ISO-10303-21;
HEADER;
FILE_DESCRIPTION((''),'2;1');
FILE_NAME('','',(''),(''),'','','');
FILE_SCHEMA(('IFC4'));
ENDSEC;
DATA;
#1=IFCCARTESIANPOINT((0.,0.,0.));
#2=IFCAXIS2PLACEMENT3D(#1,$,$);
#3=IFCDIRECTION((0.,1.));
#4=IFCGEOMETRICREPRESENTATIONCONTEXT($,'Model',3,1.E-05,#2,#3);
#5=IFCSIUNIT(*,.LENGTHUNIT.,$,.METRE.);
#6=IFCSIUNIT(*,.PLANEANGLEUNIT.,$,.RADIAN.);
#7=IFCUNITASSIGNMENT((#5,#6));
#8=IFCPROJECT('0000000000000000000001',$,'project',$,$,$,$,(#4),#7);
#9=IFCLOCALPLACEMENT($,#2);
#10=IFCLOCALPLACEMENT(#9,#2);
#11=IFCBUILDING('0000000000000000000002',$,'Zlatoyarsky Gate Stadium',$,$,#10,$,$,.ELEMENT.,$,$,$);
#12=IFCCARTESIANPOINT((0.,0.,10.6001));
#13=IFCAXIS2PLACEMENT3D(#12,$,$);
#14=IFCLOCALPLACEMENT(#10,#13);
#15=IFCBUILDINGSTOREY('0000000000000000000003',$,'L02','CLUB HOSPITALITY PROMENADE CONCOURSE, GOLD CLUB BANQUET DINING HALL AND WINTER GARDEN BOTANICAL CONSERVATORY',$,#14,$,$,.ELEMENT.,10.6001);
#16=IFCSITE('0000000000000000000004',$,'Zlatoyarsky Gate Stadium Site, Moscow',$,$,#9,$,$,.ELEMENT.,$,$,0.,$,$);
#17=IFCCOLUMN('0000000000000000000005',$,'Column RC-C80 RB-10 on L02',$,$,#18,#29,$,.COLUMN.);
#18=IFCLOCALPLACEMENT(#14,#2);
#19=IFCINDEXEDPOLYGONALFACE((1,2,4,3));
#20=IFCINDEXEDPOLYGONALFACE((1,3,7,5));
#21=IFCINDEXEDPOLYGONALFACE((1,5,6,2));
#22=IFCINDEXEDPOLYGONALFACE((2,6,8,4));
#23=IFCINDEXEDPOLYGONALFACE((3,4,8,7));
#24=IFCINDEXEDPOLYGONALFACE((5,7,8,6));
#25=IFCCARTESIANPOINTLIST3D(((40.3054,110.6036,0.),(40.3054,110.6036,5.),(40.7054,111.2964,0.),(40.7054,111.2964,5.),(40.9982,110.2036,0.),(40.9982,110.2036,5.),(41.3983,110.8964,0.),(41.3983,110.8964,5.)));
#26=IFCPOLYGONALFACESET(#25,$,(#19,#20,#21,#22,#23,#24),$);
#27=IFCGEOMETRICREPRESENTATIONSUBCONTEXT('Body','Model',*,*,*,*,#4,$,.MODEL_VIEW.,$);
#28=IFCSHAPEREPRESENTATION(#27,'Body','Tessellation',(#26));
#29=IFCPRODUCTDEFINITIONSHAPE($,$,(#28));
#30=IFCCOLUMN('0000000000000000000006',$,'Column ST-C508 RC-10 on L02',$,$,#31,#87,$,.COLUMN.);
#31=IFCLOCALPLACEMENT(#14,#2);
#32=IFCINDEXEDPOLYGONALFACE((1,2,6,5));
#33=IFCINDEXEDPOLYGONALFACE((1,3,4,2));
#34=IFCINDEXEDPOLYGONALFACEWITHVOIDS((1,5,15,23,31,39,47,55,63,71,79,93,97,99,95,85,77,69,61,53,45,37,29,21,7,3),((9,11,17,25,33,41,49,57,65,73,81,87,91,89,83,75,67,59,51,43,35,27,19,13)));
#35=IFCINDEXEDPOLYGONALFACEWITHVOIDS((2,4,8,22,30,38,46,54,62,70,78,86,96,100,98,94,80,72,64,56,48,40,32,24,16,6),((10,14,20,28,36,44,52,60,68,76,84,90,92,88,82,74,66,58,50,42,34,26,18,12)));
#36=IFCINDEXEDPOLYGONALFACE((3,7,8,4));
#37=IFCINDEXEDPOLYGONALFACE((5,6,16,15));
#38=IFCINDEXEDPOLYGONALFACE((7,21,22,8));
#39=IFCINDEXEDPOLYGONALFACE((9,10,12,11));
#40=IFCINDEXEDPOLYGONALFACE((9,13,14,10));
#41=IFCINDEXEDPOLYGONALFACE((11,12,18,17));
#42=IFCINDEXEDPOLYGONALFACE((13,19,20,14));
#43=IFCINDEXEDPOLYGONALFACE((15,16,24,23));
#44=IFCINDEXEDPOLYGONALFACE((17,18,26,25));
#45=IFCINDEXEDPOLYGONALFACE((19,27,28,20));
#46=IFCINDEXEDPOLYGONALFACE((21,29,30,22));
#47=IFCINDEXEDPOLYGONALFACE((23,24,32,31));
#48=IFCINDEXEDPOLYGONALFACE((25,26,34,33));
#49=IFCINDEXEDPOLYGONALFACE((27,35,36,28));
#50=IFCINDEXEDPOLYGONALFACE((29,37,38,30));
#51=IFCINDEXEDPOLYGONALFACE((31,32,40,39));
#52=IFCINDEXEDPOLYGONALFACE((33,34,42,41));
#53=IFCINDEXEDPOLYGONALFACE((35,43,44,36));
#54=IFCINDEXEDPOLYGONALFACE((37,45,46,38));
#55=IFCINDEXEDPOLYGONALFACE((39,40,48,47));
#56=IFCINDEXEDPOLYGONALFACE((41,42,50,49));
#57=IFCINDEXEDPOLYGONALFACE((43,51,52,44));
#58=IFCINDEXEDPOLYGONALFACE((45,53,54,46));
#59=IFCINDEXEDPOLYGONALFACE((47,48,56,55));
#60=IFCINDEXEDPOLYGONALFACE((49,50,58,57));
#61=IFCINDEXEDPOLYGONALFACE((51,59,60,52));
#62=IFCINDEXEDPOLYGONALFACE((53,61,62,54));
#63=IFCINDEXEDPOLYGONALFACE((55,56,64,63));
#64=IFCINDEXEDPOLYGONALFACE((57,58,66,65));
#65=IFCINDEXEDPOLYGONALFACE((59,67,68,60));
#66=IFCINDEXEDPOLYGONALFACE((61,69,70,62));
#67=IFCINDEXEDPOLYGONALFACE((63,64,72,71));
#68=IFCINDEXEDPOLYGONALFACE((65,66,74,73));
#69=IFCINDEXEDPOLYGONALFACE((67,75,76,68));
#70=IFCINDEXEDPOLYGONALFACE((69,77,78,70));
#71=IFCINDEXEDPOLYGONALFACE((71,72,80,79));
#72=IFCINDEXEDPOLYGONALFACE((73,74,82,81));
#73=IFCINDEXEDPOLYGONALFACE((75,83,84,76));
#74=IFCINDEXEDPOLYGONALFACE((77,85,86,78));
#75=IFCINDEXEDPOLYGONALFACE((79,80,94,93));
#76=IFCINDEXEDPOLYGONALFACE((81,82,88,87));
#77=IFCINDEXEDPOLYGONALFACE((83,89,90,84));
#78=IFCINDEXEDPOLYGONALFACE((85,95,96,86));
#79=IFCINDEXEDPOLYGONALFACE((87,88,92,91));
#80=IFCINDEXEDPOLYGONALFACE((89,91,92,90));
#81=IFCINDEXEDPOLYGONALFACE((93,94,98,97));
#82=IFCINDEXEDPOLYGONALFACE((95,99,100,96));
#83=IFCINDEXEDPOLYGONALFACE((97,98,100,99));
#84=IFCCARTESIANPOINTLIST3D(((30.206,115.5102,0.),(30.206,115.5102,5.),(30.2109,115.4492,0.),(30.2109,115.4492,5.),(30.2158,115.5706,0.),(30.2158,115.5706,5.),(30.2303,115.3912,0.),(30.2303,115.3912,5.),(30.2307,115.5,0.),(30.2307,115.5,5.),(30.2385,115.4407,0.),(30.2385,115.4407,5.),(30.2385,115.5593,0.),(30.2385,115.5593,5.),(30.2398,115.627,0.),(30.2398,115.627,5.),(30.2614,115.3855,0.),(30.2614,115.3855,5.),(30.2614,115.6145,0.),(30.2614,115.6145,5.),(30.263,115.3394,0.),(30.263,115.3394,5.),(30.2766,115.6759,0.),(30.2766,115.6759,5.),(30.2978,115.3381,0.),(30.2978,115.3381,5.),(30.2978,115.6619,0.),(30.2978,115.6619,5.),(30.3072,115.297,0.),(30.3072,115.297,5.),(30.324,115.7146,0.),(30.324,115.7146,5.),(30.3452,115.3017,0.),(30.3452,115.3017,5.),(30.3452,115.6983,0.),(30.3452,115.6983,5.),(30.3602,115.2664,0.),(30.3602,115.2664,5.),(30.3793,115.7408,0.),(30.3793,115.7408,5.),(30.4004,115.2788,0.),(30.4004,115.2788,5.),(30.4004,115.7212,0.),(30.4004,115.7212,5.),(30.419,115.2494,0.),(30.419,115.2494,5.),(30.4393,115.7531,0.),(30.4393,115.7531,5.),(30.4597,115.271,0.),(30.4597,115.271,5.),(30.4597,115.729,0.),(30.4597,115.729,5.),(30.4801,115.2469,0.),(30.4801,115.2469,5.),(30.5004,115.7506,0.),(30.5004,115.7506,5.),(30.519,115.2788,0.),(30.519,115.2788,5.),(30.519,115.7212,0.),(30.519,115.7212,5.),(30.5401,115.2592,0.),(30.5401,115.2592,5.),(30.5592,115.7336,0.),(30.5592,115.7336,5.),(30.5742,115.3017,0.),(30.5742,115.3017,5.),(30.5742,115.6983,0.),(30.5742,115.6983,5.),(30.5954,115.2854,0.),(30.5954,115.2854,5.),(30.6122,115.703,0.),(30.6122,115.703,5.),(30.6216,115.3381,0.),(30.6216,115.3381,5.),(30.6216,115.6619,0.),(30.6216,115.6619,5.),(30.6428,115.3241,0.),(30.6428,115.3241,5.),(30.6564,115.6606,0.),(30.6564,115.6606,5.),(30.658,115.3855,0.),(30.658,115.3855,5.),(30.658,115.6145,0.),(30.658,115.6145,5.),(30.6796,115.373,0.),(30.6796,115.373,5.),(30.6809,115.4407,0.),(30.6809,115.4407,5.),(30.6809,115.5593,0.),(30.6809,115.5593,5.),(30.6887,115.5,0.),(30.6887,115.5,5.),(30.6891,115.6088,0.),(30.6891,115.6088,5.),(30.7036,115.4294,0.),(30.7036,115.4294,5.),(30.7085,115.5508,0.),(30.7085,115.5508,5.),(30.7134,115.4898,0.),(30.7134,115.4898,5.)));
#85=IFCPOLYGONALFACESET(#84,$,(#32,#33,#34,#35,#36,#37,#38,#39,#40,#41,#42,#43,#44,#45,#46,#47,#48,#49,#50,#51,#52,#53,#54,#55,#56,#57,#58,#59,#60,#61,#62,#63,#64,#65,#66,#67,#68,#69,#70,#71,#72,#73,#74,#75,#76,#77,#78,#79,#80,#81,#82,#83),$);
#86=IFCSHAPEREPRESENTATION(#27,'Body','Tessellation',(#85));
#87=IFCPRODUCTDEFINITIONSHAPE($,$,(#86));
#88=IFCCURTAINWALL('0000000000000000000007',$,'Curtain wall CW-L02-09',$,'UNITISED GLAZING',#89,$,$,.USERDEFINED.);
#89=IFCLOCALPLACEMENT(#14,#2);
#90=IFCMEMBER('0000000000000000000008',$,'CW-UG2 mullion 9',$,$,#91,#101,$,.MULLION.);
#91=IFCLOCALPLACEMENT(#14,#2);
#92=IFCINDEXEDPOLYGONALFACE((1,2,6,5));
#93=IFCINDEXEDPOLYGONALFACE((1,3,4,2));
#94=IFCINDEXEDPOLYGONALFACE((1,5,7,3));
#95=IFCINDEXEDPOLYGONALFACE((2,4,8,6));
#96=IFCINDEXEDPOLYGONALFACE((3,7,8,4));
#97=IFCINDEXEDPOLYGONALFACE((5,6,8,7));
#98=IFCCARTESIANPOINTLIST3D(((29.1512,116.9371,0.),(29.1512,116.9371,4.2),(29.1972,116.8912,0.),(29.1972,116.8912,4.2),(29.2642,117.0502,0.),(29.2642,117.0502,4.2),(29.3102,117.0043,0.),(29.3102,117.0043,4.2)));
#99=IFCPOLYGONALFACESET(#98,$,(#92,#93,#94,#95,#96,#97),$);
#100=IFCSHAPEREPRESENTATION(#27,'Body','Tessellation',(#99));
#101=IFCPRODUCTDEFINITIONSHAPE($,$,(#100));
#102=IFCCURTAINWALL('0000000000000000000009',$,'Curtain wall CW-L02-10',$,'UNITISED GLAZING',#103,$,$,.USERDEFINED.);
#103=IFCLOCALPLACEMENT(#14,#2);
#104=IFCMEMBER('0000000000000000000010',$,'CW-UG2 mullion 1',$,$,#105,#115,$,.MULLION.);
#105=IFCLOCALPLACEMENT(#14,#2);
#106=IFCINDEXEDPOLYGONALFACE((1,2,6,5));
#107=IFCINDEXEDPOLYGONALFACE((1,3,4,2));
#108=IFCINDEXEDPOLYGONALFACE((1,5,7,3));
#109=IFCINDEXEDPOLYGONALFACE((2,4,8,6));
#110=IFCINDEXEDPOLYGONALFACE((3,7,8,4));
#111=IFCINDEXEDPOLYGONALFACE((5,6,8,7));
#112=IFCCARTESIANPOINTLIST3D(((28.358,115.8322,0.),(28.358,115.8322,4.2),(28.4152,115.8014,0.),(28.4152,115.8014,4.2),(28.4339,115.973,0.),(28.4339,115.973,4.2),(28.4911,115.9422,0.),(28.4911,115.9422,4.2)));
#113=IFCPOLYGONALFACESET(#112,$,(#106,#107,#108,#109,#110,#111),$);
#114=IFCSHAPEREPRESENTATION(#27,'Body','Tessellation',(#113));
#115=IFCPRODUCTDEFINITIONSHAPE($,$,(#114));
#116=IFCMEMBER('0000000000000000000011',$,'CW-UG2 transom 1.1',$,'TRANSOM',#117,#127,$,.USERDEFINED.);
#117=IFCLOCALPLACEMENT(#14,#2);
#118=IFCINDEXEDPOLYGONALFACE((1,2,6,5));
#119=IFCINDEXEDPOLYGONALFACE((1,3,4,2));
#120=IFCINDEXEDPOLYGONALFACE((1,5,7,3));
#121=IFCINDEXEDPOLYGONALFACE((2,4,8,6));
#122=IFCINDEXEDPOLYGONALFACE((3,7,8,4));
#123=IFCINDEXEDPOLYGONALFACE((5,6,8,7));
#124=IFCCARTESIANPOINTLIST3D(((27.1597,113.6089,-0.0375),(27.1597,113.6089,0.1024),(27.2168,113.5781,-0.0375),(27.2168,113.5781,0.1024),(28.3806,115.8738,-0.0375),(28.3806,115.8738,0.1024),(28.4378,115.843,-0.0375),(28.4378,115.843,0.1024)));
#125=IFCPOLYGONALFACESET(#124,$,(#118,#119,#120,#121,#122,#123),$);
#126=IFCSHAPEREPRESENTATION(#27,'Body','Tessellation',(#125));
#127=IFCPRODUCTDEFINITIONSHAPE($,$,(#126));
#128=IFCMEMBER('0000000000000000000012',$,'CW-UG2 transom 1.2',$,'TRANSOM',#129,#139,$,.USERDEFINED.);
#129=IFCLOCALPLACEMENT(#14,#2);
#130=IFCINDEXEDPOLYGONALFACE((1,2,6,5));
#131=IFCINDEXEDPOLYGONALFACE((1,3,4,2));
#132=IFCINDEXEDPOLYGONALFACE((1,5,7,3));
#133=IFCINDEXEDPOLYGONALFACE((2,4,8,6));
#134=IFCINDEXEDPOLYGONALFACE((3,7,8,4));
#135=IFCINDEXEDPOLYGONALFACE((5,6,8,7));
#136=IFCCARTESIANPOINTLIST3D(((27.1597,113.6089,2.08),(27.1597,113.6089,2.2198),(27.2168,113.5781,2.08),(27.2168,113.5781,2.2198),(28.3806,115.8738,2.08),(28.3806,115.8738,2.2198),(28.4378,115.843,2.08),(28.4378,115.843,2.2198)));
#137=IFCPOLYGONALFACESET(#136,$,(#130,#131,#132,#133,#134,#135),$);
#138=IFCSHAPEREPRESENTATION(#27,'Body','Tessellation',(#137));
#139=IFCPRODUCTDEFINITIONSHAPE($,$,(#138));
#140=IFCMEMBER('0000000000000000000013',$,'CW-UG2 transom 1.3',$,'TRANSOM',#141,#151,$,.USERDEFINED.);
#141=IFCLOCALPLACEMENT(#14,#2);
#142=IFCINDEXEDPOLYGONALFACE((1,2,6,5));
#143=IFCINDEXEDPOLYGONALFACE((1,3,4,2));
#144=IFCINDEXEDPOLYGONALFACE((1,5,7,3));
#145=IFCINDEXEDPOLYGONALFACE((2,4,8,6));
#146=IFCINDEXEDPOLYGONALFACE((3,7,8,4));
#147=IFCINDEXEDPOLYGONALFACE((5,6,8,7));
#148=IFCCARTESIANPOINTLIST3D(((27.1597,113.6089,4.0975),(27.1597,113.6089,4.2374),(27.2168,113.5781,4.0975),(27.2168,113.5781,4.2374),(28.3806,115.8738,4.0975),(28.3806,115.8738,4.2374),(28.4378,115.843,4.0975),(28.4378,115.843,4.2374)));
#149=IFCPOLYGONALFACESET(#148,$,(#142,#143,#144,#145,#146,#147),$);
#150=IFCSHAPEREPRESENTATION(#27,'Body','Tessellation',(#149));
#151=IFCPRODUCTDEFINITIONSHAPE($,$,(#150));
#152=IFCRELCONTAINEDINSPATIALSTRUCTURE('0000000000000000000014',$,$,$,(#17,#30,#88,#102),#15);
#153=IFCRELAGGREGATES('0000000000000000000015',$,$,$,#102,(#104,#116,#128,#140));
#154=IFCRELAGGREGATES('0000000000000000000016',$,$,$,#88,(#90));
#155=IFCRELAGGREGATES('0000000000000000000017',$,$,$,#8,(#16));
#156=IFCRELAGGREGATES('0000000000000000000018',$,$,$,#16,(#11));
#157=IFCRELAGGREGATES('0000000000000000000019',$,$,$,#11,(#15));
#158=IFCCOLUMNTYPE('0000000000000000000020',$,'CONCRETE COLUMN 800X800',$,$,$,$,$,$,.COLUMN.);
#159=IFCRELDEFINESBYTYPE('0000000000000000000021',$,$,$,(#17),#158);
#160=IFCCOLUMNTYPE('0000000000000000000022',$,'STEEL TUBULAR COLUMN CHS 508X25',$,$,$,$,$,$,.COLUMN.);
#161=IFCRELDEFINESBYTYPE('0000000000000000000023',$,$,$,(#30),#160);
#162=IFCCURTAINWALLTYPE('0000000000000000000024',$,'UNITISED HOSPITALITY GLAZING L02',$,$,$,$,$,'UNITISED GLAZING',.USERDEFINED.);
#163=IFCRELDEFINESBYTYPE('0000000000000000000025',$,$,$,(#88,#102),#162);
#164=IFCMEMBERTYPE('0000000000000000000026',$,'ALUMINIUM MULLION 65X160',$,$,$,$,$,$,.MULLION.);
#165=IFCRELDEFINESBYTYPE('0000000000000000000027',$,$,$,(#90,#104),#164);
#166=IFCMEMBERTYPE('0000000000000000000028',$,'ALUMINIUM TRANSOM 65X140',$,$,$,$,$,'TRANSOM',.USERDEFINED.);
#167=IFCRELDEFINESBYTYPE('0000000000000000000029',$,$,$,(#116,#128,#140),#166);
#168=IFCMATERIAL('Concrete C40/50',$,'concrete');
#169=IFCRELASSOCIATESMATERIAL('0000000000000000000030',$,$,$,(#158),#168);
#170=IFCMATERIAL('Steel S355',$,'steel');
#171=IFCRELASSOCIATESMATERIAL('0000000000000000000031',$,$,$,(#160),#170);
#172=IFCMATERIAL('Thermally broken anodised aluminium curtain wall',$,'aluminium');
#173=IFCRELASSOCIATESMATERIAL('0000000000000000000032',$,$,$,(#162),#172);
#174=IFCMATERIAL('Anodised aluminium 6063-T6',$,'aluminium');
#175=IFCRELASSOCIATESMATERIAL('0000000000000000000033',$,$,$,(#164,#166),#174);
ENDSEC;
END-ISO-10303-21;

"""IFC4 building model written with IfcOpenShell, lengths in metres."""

from ifc_helpers import new_model, si_unit, direction, frame, origin, origin_2d, place, context, subcontext, project, spatial, rectangle, hollow_circle, extrude, material, material_profile, profile_set, type_object, element, aggregate, save


model = new_model("IFC4")

# Units and contexts
model_context = context("Model", 3, precision=1e-05, world=origin(), true_north=direction((0.0, 1.0)))
body_context = subcontext(model_context, "Body", "Model", "MODEL_VIEW")
ifc_project = project(units=[si_unit("LENGTHUNIT", "METRE"), si_unit("PLANEANGLEUNIT", "RADIAN")], contexts=[model_context])

# Site, building, storey
site_placement = place(None, origin())
site = spatial("IfcSite", under=ifc_project, at=site_placement, Name="Zlatoyarsky Gate Stadium Site, Moscow", CompositionType="ELEMENT", RefElevation=0.0)
building_placement = place(site_placement, origin())
building = spatial("IfcBuilding", under=site, at=building_placement, Name="Zlatoyarsky Gate Stadium", CompositionType="ELEMENT")
storey_placement = place(building_placement, frame((0.0, 0.0, 10.6001)))
storey = spatial("IfcBuildingStorey", under=building, at=storey_placement, Name="L02", Description="CLUB HOSPITALITY PROMENADE CONCOURSE, GOLD CLUB BANQUET DINING HALL AND WINTER GARDEN BOTANICAL CONSERVATORY", CompositionType="ELEMENT", Elevation=10.6001)

# Columns
ifc_material_1 = material(Name="Concrete C40/50", Category="concrete")
ifc_material_profile_1 = material_profile(ifc_material_1, rectangle(XDim=0.8, YDim=0.8, at=origin_2d()), Name="RC COL 800X800")
ifc_profile_set_1 = profile_set([ifc_material_profile_1], Name="Concrete C40/50")
column_type_1 = type_object("IfcColumnType", Name="CONCRETE COLUMN 800X800", PredefinedType="COLUMN", material=ifc_profile_set_1)
column_1_placement = place(storey_placement, frame((40.8518, 110.75, 0.0), z_axis=(0.0, 0.0, 1.0), x_axis=(-0.866025, 0.5, 0.0)))
element("IfcColumn", 1, at=column_1_placement, inside=storey, type_object=column_type_1, Name="Column RC-C80 RB-10 on L02", PredefinedType="COLUMN", context=body_context, shape_type="SweptSolid", body=[
    extrude(rectangle(XDim=0.8, YDim=0.8, at=origin_2d()), origin(), (0.0, 0.0, 1.0), 5.0),
])
ifc_material_2 = material(Name="Steel S355", Category="steel")
ifc_material_profile_2 = material_profile(ifc_material_2, hollow_circle(Radius=0.2539, WallThickness=0.0249, at=origin_2d()), Name="CHS 508X25")
ifc_profile_set_2 = profile_set([ifc_material_profile_2], Name="Steel S355")
column_type_2 = type_object("IfcColumnType", Name="STEEL TUBULAR COLUMN CHS 508X25", PredefinedType="COLUMN", material=ifc_profile_set_2)
column_2_placement = place(storey_placement, frame((30.4597, 115.5, 0.0), z_axis=(0.0, 0.0, 1.0), x_axis=(-0.866025, 0.5, 0.0)))
element("IfcColumn", 2, at=column_2_placement, inside=storey, type_object=column_type_2, Name="Column ST-C508 RC-10 on L02", PredefinedType="COLUMN", context=body_context, shape_type="SweptSolid", body=[
    extrude(hollow_circle(Radius=0.2539, WallThickness=0.0249, at=origin_2d()), origin(), (0.0, 0.0, 1.0), 5.0),
])

# Curtain wall, member
ifc_material_3 = material(Name="Thermally broken anodised aluminium curtain wall", Category="aluminium")
curtain_wall_type = type_object("IfcCurtainWallType", Name="UNITISED HOSPITALITY GLAZING L02", ElementType="UNITISED GLAZING", PredefinedType="USERDEFINED", material=ifc_material_3)
curtain_wall_1_placement = place(storey_placement, origin())
curtain_wall_1 = element("IfcCurtainWall", 3, at=curtain_wall_1_placement, inside=storey, type_object=curtain_wall_type, Name="Curtain wall CW-L02-09", ObjectType="UNITISED GLAZING", PredefinedType="USERDEFINED")
ifc_material_4 = material(Name="Anodised aluminium 6063-T6", Category="aluminium")
ifc_material_profile_3 = material_profile(ifc_material_4, rectangle(XDim=0.0649, YDim=0.1599, at=origin_2d()), Name="ALU 65X160")
ifc_profile_set_3 = profile_set([ifc_material_profile_3], Name="Anodised aluminium 6063-T6")
member_type_1 = type_object("IfcMemberType", Name="ALUMINIUM MULLION 65X160", PredefinedType="MULLION", material=ifc_profile_set_3)
member_1_placement = place(storey_placement, frame((29.2307, 116.9707, 0.0), z_axis=(0.0, 0.0, 1.0), x_axis=(0.707588, -0.706626, 0.0)))
member_1 = element("IfcMember", 4, at=member_1_placement, type_object=member_type_1, Name="CW-UG2 mullion 9", PredefinedType="MULLION", context=body_context, shape_type="SweptSolid", body=[
    extrude(rectangle(XDim=0.0649, YDim=0.1599, at=origin_2d()), origin(), (0.0, 0.0, 1.0), 4.2),
])

# Curtain wall, members
curtain_wall_2_placement = place(storey_placement, origin())
curtain_wall_2 = element("IfcCurtainWall", 5, at=curtain_wall_2_placement, inside=storey, type_object=curtain_wall_type, Name="Curtain wall CW-L02-10", ObjectType="UNITISED GLAZING", PredefinedType="USERDEFINED")
member_2_placement = place(storey_placement, frame((28.4246, 115.8872, 0.0), z_axis=(0.0, 0.0, 1.0), x_axis=(0.880236, -0.474536, 0.0)))
member_2 = element("IfcMember", 6, at=member_2_placement, type_object=member_type_1, Name="CW-UG2 mullion 1", PredefinedType="MULLION", context=body_context, shape_type="SweptSolid", body=[
    extrude(rectangle(XDim=0.0649, YDim=0.1599, at=origin_2d()), origin(), (0.0, 0.0, 1.0), 4.2),
])
ifc_material_profile_4 = material_profile(ifc_material_4, rectangle(XDim=0.0649, YDim=0.1399, at=origin_2d()), Name="ALU 65X140")
ifc_profile_set_4 = profile_set([ifc_material_profile_4], Name="Anodised aluminium 6063-T6")
member_type_2 = type_object("IfcMemberType", Name="ALUMINIUM TRANSOM 65X140", ElementType="TRANSOM", PredefinedType="USERDEFINED", material=ifc_profile_set_4)
member_3_placement = place(storey_placement, frame((28.4092, 115.8584, 0.0325), z_axis=(-0.474518, -0.880246, 0.0), x_axis=(0.880246, -0.474518, 0.0)))
member_3 = element("IfcMember", 7, at=member_3_placement, type_object=member_type_2, Name="CW-UG2 transom 1.1", ObjectType="TRANSOM", PredefinedType="USERDEFINED", context=body_context, shape_type="SweptSolid", body=[
    extrude(rectangle(XDim=0.0649, YDim=0.1399, at=origin_2d()), origin(), (0.0, 0.0, 1.0), 2.573),
])
member_4_placement = place(storey_placement, frame((28.4092, 115.8584, 2.1499), z_axis=(-0.474518, -0.880246, 0.0), x_axis=(0.880246, -0.474518, 0.0)))
member_4 = element("IfcMember", 8, at=member_4_placement, type_object=member_type_2, Name="CW-UG2 transom 1.2", ObjectType="TRANSOM", PredefinedType="USERDEFINED", context=body_context, shape_type="SweptSolid", body=[
    extrude(rectangle(XDim=0.0649, YDim=0.1399, at=origin_2d()), origin(), (0.0, 0.0, 1.0), 2.573),
])
member_5_placement = place(storey_placement, frame((28.4092, 115.8584, 4.1675), z_axis=(-0.474518, -0.880246, 0.0), x_axis=(0.880246, -0.474518, 0.0)))
member_5 = element("IfcMember", 9, at=member_5_placement, type_object=member_type_2, Name="CW-UG2 transom 1.3", ObjectType="TRANSOM", PredefinedType="USERDEFINED", context=body_context, shape_type="SweptSolid", body=[
    extrude(rectangle(XDim=0.0649, YDim=0.1399, at=origin_2d()), origin(), (0.0, 0.0, 1.0), 2.573),
])
aggregate(curtain_wall_2, [member_2, member_3, member_4, member_5])

aggregate(curtain_wall_1, [member_1])

save(model, "model.ifc")
